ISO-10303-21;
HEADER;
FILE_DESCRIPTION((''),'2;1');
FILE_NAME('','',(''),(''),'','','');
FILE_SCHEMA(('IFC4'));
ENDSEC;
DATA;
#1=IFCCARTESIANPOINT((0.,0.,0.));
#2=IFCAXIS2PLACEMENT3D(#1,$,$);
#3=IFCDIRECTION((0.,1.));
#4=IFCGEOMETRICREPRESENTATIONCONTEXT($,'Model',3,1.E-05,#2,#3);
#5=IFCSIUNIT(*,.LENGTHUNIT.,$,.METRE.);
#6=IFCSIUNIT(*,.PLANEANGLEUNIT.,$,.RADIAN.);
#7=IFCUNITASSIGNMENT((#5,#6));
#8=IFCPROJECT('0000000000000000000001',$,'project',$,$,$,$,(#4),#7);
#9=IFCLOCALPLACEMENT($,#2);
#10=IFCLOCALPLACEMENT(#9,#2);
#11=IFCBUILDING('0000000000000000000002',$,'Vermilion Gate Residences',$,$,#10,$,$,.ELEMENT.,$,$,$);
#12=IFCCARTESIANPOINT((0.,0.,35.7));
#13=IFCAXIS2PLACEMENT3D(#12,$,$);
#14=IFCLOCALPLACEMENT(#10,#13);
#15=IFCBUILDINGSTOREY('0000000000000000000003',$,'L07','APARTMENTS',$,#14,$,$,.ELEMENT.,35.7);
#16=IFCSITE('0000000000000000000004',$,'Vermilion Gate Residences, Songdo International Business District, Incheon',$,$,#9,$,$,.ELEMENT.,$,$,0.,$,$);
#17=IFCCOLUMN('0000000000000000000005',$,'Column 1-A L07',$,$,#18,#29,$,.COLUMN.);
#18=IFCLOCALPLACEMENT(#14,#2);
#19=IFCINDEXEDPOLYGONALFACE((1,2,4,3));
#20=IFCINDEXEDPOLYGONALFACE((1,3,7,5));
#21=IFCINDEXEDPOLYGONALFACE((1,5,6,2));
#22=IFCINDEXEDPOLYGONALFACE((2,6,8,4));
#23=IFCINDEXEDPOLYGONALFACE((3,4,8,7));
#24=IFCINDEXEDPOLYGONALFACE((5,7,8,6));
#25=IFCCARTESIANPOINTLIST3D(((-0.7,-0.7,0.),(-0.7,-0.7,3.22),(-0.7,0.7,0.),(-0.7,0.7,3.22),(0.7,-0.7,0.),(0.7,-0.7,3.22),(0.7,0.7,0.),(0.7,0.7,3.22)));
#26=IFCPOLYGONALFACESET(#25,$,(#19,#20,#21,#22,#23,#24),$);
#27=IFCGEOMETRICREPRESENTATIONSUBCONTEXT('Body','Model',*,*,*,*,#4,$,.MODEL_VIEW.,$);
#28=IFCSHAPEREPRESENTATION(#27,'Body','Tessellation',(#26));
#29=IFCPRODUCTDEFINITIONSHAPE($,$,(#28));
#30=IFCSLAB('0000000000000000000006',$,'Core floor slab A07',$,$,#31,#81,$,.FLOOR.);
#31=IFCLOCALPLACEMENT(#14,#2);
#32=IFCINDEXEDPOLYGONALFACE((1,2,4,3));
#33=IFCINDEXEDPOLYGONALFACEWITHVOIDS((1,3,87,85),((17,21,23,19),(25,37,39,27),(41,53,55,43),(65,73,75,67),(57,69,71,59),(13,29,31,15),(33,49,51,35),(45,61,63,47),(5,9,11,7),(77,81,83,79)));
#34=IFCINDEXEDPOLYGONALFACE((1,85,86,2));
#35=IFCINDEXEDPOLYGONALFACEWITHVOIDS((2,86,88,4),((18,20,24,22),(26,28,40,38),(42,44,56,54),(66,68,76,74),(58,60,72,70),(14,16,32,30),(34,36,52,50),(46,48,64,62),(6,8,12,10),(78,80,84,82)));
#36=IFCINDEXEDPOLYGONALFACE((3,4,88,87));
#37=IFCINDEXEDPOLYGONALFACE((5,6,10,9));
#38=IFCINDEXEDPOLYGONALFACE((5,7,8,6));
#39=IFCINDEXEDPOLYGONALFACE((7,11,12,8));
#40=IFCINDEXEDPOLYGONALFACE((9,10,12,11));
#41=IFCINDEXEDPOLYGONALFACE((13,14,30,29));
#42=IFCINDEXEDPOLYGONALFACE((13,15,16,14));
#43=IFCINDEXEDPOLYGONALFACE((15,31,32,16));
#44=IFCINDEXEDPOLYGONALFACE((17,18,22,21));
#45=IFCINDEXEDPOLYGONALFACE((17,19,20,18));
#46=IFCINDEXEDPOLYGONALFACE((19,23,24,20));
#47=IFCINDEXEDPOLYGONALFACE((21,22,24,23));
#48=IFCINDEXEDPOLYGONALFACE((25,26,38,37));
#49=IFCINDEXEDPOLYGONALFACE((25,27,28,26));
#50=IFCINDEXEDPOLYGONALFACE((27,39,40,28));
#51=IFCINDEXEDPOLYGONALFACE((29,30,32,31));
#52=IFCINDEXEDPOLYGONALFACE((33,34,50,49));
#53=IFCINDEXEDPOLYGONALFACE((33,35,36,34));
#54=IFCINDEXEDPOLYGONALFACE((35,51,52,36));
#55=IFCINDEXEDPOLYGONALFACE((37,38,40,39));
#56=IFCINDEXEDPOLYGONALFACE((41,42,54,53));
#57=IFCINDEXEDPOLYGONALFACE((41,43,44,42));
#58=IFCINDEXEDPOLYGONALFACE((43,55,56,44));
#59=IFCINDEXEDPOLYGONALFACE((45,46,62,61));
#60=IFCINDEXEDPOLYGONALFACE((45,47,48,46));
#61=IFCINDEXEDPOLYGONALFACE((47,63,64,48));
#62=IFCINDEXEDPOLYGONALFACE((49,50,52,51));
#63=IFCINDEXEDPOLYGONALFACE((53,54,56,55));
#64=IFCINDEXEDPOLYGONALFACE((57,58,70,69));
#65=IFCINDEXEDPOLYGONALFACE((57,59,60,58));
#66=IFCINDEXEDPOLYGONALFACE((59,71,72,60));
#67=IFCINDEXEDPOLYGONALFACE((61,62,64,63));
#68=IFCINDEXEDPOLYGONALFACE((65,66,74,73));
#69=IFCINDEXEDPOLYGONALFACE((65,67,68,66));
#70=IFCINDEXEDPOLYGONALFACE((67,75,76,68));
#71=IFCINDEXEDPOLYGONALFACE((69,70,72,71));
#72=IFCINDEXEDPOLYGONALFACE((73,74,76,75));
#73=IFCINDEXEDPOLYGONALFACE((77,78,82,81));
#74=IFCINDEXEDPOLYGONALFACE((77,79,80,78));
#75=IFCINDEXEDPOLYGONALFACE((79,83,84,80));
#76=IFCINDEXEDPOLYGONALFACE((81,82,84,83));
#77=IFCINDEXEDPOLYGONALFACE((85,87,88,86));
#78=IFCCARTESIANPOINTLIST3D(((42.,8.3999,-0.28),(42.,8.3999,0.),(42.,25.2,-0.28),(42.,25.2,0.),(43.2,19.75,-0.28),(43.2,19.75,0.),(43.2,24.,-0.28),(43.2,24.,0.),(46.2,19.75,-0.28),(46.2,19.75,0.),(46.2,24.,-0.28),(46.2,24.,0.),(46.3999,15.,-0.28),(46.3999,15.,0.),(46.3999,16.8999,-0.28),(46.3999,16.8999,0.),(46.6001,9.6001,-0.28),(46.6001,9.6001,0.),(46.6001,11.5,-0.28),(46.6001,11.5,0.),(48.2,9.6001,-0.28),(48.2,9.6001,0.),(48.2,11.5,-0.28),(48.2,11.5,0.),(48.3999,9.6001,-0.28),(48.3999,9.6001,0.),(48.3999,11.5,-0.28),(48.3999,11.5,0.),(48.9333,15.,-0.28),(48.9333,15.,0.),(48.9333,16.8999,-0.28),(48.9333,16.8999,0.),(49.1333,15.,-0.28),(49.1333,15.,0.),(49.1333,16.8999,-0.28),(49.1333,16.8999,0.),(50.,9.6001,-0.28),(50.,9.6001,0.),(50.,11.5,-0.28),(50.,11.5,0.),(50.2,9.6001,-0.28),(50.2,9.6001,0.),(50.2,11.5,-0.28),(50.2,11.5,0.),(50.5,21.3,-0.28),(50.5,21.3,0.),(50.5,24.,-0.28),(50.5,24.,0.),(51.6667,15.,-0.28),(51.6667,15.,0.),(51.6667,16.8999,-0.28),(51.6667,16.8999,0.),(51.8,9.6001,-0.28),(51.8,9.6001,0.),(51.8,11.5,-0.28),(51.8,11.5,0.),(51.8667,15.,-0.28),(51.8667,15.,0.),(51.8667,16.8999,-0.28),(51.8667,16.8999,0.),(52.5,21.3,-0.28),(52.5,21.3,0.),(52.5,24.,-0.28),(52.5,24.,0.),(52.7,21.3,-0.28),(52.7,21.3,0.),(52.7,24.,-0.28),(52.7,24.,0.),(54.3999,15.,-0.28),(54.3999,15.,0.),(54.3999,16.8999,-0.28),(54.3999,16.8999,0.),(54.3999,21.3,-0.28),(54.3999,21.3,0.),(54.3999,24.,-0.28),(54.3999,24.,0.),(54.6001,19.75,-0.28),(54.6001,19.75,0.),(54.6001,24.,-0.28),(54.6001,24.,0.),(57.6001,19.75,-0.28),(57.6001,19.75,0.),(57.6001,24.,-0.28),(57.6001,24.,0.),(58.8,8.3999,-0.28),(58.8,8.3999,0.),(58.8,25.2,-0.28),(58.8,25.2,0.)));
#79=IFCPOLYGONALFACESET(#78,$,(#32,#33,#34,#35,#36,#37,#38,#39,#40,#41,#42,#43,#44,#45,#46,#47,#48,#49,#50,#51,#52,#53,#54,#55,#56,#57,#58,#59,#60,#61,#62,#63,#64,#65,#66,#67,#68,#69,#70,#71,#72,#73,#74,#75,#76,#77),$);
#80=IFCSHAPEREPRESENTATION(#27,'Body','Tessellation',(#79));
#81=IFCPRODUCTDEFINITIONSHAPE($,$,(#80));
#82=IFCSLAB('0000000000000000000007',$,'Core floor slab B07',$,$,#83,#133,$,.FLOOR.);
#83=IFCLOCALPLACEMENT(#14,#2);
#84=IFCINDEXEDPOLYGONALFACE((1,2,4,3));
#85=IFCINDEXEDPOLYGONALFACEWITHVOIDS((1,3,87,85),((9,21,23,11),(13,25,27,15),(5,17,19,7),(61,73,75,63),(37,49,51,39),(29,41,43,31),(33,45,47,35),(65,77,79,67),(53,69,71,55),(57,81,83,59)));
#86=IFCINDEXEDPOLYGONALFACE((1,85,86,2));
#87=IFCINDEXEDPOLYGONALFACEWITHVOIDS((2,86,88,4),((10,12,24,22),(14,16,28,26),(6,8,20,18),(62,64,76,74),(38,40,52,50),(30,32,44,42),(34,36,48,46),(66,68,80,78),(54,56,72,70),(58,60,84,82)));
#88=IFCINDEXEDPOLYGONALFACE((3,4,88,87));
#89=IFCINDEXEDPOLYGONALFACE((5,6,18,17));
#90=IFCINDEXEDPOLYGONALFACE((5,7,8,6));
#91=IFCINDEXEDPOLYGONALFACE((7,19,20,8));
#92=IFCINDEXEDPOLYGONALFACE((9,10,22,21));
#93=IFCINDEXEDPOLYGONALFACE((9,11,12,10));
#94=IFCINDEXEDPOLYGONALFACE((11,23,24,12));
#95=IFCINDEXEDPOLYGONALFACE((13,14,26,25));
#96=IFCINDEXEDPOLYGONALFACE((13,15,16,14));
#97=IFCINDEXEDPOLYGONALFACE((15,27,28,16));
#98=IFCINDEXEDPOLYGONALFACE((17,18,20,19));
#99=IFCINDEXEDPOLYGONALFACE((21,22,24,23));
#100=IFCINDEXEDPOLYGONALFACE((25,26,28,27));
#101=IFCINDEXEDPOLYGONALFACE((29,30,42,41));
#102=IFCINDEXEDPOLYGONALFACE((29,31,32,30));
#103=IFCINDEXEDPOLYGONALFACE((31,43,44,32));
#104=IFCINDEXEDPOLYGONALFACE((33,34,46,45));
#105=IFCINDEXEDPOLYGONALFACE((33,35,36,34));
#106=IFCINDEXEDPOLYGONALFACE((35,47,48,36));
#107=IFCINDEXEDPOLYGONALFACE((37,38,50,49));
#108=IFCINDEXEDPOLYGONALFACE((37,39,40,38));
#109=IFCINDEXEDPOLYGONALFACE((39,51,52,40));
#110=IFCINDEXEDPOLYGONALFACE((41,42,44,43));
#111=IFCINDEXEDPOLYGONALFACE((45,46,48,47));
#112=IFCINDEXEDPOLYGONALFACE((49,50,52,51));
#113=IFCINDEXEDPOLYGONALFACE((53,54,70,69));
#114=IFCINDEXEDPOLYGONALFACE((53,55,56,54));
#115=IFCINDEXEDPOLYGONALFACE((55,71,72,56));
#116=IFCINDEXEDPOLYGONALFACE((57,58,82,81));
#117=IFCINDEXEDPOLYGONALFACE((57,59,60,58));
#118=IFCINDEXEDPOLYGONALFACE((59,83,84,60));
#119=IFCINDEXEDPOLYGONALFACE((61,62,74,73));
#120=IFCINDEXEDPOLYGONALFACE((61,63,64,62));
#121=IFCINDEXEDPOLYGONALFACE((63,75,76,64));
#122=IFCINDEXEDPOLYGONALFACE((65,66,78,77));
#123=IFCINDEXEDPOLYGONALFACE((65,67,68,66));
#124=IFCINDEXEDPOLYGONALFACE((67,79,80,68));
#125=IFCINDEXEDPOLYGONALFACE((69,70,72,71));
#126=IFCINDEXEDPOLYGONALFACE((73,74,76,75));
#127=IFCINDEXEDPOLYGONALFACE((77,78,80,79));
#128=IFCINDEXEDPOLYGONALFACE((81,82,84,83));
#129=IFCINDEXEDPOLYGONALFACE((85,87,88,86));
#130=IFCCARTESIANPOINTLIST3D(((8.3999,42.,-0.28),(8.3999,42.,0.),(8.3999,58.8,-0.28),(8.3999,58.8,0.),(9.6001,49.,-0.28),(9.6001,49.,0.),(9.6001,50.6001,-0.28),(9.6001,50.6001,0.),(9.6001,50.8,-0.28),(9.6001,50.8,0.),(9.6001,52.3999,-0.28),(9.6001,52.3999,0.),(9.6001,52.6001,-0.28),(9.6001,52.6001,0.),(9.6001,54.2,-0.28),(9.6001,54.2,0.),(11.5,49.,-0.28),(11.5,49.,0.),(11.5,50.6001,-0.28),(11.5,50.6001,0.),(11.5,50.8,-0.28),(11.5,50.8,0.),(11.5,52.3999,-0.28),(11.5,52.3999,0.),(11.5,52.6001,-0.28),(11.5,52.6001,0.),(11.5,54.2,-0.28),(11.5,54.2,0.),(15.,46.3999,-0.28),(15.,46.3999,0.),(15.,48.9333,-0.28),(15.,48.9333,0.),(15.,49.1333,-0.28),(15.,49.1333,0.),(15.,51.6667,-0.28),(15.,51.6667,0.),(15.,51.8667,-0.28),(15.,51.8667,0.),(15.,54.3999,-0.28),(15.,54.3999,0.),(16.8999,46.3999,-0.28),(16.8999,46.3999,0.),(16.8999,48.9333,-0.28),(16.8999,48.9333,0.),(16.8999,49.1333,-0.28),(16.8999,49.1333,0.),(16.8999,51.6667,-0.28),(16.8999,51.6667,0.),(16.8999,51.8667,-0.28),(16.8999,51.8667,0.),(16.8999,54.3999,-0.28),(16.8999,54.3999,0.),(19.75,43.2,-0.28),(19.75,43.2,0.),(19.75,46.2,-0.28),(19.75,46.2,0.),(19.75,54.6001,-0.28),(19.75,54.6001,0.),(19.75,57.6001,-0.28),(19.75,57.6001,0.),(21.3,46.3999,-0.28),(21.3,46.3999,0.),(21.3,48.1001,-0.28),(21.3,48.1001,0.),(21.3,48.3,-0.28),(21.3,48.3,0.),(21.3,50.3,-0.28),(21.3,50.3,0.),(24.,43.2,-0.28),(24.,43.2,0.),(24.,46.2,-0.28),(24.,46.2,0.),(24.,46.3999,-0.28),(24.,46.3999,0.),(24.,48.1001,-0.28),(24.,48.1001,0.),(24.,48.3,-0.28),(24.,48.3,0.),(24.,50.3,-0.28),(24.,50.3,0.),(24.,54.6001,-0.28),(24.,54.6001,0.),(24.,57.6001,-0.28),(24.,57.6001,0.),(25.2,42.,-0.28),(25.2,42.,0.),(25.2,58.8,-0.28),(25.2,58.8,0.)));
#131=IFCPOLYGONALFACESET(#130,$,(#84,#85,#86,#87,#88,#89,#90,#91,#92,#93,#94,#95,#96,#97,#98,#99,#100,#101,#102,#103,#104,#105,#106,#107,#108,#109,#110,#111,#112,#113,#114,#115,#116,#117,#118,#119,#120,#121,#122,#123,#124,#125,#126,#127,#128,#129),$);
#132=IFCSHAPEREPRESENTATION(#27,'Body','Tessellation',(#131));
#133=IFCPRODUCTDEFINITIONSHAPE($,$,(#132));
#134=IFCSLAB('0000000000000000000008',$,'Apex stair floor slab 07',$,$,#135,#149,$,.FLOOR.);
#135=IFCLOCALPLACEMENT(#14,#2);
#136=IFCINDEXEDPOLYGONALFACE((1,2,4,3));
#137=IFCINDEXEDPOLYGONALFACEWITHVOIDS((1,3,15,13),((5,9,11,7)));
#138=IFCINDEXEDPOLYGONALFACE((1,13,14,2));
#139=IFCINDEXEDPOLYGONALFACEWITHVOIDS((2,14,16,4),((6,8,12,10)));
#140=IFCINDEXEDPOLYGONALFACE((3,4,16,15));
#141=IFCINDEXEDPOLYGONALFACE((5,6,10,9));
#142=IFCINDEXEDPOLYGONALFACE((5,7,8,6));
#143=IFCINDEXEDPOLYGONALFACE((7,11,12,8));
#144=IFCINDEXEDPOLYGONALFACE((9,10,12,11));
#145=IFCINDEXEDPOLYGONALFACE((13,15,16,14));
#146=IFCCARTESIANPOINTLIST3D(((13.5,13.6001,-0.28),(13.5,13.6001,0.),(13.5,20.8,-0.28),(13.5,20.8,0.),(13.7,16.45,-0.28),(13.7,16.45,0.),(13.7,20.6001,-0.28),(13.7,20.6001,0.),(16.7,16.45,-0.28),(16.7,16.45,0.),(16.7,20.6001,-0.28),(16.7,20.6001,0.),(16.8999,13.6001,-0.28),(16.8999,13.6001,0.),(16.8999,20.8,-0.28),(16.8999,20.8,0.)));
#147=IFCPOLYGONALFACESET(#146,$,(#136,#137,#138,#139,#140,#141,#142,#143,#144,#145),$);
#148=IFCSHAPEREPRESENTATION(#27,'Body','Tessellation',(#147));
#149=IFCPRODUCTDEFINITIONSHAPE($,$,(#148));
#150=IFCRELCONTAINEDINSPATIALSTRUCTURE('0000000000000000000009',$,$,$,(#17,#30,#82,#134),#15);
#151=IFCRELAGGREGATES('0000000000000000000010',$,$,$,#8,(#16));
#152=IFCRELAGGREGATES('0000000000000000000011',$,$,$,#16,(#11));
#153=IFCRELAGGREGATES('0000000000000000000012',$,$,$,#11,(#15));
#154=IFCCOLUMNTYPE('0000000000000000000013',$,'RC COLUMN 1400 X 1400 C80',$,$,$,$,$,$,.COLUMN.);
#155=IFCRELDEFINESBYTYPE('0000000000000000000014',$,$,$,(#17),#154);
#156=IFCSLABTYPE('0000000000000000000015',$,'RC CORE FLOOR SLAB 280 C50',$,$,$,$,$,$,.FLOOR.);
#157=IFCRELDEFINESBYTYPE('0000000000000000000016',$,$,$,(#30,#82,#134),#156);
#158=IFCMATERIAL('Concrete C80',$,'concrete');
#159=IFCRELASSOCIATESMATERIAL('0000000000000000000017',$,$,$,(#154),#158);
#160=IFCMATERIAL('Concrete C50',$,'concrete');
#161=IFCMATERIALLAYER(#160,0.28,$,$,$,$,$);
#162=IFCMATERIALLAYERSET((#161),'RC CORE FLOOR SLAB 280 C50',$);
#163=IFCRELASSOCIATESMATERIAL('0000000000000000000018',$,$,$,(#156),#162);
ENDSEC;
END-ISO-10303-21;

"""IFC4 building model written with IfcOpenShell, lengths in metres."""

from ifc_helpers import new_model, si_unit, direction, frame, origin, origin_with_axes, origin_2d, place, context, subcontext, project, spatial, polyline, rectangle, outline, extrude, material, layer, layer_set, material_profile, profile_set, type_object, element, save


model = new_model("IFC4")

# Units and contexts
model_context = context("Model", 3, precision=1e-05, world=origin(), true_north=direction((0.0, 1.0)))
body_context = subcontext(model_context, "Body", "Model", "MODEL_VIEW")
ifc_project = project(units=[si_unit("LENGTHUNIT", "METRE"), si_unit("PLANEANGLEUNIT", "RADIAN")], contexts=[model_context])

# Site, building, storey
site_placement = place(None, origin())
site = spatial("IfcSite", under=ifc_project, at=site_placement, Name="Vermilion Gate Residences, Songdo International Business District, Incheon", CompositionType="ELEMENT", RefElevation=0.0)
building_placement = place(site_placement, origin())
building = spatial("IfcBuilding", under=site, at=building_placement, Name="Vermilion Gate Residences", CompositionType="ELEMENT")
storey_placement = place(building_placement, frame((0.0, 0.0, 35.7)))
storey = spatial("IfcBuildingStorey", under=building, at=storey_placement, Name="L07", Description="APARTMENTS", CompositionType="ELEMENT", Elevation=35.7)

# Column
ifc_material_1 = material(Name="Concrete C80", Category="concrete")
ifc_material_profile = material_profile(ifc_material_1, rectangle(XDim=1.3999, YDim=1.3999, at=origin_2d()), Name="RC-1400x1400")
ifc_profile_set = profile_set([ifc_material_profile], Name="Concrete C80")
column_type = type_object("IfcColumnType", Name="RC COLUMN 1400 X 1400 C80", PredefinedType="COLUMN", material=ifc_profile_set)
column_placement = place(storey_placement, origin_with_axes())
element("IfcColumn", 1, at=column_placement, inside=storey, type_object=column_type, Name="Column 1-A L07", PredefinedType="COLUMN", context=body_context, shape_type="SweptSolid", body=[
    extrude(rectangle(XDim=1.3999, YDim=1.3999, at=origin_2d()), origin(), (0.0, 0.0, 1.0), 3.22),
])

# Slabs
ifc_material_2 = material(Name="Concrete C50", Category="concrete")
ifc_layer_1 = layer(ifc_material_2, 0.28)
ifc_layer_set_1 = layer_set([ifc_layer_1], Name="RC CORE FLOOR SLAB 280 C50")
slab_type_1 = type_object("IfcSlabType", Name="RC CORE FLOOR SLAB 280 C50", PredefinedType="FLOOR", material=ifc_layer_set_1)
slab_1_placement = place(storey_placement, frame((0.0, 0.0, -0.28)))
element("IfcSlab", 2, at=slab_1_placement, inside=storey, type_object=slab_type_1, Name="Core floor slab A07", PredefinedType="FLOOR", context=body_context, shape_type="SweptSolid", body=[
    extrude(outline(polyline([(42.0, 8.3999), (58.8, 8.3999), (58.8, 25.2), (42.0, 25.2), (42.0, 8.3999)]), holes=[polyline([(46.6001, 11.5), (48.2, 11.5), (48.2, 9.6001), (46.6001, 9.6001), (46.6001, 11.5)]), polyline([(48.3999, 11.5), (50.0, 11.5), (50.0, 9.6001), (48.3999, 9.6001), (48.3999, 11.5)]), polyline([(50.2, 11.5), (51.8, 11.5), (51.8, 9.6001), (50.2, 9.6001), (50.2, 11.5)]), polyline([(48.9333, 16.8999), (48.9333, 15.0), (46.3999, 15.0), (46.3999, 16.8999), (48.9333, 16.8999)]), polyline([(51.6667, 16.8999), (51.6667, 15.0), (49.1333, 15.0), (49.1333, 16.8999), (51.6667, 16.8999)]), polyline([(51.8667, 16.8999), (54.3999, 16.8999), (54.3999, 15.0), (51.8667, 15.0), (51.8667, 16.8999)]), polyline([(43.2, 24.0), (46.2, 24.0), (46.2, 19.75), (43.2, 19.75), (43.2, 24.0)]), polyline([(54.6001, 24.0), (57.6001, 24.0), (57.6001, 19.75), (54.6001, 19.75), (54.6001, 24.0)]), polyline([(52.5, 24.0), (52.5, 21.3), (50.5, 21.3), (50.5, 24.0), (52.5, 24.0)]), polyline([(54.3999, 24.0), (54.3999, 21.3), (52.7, 21.3), (52.7, 24.0), (54.3999, 24.0)])]), origin(), (0.0, 0.0, 1.0), 0.28),
])
slab_2_placement = place(storey_placement, frame((0.0, 0.0, -0.28)))
element("IfcSlab", 3, at=slab_2_placement, inside=storey, type_object=slab_type_1, Name="Core floor slab B07", PredefinedType="FLOOR", context=body_context, shape_type="SweptSolid", body=[
    extrude(outline(polyline([(8.3999, 42.0), (25.2, 42.0), (25.2, 58.8), (8.3999, 58.8), (8.3999, 42.0)]), holes=[polyline([(19.75, 46.2), (24.0, 46.2), (24.0, 43.2), (19.75, 43.2), (19.75, 46.2)]), polyline([(21.3, 48.1001), (24.0, 48.1001), (24.0, 46.3999), (21.3, 46.3999), (21.3, 48.1001)]), polyline([(15.0, 48.9333), (16.8999, 48.9333), (16.8999, 46.3999), (15.0, 46.3999), (15.0, 48.9333)]), polyline([(24.0, 50.3), (24.0, 48.3), (21.3, 48.3), (21.3, 50.3), (24.0, 50.3)]), polyline([(11.5, 50.6001), (11.5, 49.0), (9.6001, 49.0), (9.6001, 50.6001), (11.5, 50.6001)]), polyline([(15.0, 51.6667), (16.8999, 51.6667), (16.8999, 49.1333), (15.0, 49.1333), (15.0, 51.6667)]), polyline([(9.6001, 52.3999), (11.5, 52.3999), (11.5, 50.8), (9.6001, 50.8), (9.6001, 52.3999)]), polyline([(15.0, 54.3999), (16.8999, 54.3999), (16.8999, 51.8667), (15.0, 51.8667), (15.0, 54.3999)]), polyline([(11.5, 54.2), (11.5, 52.6001), (9.6001, 52.6001), (9.6001, 54.2), (11.5, 54.2)]), polyline([(24.0, 57.6001), (24.0, 54.6001), (19.75, 54.6001), (19.75, 57.6001), (24.0, 57.6001)])]), origin(), (0.0, 0.0, 1.0), 0.28),
])
slab_3_placement = place(storey_placement, frame((0.0, 0.0, -0.28)))
element("IfcSlab", 4, at=slab_3_placement, inside=storey, type_object=slab_type_1, Name="Apex stair floor slab 07", PredefinedType="FLOOR", context=body_context, shape_type="SweptSolid", body=[
    extrude(outline(polyline([(13.5, 13.6001), (16.8999, 13.6001), (16.8999, 20.8), (13.5, 20.8), (13.5, 13.6001)]), holes=[polyline([(16.7, 20.6001), (16.7, 16.45), (13.7, 16.45), (13.7, 20.6001), (16.7, 20.6001)])]), origin(), (0.0, 0.0, 1.0), 0.28),
])

save(model, "model.ifc")
